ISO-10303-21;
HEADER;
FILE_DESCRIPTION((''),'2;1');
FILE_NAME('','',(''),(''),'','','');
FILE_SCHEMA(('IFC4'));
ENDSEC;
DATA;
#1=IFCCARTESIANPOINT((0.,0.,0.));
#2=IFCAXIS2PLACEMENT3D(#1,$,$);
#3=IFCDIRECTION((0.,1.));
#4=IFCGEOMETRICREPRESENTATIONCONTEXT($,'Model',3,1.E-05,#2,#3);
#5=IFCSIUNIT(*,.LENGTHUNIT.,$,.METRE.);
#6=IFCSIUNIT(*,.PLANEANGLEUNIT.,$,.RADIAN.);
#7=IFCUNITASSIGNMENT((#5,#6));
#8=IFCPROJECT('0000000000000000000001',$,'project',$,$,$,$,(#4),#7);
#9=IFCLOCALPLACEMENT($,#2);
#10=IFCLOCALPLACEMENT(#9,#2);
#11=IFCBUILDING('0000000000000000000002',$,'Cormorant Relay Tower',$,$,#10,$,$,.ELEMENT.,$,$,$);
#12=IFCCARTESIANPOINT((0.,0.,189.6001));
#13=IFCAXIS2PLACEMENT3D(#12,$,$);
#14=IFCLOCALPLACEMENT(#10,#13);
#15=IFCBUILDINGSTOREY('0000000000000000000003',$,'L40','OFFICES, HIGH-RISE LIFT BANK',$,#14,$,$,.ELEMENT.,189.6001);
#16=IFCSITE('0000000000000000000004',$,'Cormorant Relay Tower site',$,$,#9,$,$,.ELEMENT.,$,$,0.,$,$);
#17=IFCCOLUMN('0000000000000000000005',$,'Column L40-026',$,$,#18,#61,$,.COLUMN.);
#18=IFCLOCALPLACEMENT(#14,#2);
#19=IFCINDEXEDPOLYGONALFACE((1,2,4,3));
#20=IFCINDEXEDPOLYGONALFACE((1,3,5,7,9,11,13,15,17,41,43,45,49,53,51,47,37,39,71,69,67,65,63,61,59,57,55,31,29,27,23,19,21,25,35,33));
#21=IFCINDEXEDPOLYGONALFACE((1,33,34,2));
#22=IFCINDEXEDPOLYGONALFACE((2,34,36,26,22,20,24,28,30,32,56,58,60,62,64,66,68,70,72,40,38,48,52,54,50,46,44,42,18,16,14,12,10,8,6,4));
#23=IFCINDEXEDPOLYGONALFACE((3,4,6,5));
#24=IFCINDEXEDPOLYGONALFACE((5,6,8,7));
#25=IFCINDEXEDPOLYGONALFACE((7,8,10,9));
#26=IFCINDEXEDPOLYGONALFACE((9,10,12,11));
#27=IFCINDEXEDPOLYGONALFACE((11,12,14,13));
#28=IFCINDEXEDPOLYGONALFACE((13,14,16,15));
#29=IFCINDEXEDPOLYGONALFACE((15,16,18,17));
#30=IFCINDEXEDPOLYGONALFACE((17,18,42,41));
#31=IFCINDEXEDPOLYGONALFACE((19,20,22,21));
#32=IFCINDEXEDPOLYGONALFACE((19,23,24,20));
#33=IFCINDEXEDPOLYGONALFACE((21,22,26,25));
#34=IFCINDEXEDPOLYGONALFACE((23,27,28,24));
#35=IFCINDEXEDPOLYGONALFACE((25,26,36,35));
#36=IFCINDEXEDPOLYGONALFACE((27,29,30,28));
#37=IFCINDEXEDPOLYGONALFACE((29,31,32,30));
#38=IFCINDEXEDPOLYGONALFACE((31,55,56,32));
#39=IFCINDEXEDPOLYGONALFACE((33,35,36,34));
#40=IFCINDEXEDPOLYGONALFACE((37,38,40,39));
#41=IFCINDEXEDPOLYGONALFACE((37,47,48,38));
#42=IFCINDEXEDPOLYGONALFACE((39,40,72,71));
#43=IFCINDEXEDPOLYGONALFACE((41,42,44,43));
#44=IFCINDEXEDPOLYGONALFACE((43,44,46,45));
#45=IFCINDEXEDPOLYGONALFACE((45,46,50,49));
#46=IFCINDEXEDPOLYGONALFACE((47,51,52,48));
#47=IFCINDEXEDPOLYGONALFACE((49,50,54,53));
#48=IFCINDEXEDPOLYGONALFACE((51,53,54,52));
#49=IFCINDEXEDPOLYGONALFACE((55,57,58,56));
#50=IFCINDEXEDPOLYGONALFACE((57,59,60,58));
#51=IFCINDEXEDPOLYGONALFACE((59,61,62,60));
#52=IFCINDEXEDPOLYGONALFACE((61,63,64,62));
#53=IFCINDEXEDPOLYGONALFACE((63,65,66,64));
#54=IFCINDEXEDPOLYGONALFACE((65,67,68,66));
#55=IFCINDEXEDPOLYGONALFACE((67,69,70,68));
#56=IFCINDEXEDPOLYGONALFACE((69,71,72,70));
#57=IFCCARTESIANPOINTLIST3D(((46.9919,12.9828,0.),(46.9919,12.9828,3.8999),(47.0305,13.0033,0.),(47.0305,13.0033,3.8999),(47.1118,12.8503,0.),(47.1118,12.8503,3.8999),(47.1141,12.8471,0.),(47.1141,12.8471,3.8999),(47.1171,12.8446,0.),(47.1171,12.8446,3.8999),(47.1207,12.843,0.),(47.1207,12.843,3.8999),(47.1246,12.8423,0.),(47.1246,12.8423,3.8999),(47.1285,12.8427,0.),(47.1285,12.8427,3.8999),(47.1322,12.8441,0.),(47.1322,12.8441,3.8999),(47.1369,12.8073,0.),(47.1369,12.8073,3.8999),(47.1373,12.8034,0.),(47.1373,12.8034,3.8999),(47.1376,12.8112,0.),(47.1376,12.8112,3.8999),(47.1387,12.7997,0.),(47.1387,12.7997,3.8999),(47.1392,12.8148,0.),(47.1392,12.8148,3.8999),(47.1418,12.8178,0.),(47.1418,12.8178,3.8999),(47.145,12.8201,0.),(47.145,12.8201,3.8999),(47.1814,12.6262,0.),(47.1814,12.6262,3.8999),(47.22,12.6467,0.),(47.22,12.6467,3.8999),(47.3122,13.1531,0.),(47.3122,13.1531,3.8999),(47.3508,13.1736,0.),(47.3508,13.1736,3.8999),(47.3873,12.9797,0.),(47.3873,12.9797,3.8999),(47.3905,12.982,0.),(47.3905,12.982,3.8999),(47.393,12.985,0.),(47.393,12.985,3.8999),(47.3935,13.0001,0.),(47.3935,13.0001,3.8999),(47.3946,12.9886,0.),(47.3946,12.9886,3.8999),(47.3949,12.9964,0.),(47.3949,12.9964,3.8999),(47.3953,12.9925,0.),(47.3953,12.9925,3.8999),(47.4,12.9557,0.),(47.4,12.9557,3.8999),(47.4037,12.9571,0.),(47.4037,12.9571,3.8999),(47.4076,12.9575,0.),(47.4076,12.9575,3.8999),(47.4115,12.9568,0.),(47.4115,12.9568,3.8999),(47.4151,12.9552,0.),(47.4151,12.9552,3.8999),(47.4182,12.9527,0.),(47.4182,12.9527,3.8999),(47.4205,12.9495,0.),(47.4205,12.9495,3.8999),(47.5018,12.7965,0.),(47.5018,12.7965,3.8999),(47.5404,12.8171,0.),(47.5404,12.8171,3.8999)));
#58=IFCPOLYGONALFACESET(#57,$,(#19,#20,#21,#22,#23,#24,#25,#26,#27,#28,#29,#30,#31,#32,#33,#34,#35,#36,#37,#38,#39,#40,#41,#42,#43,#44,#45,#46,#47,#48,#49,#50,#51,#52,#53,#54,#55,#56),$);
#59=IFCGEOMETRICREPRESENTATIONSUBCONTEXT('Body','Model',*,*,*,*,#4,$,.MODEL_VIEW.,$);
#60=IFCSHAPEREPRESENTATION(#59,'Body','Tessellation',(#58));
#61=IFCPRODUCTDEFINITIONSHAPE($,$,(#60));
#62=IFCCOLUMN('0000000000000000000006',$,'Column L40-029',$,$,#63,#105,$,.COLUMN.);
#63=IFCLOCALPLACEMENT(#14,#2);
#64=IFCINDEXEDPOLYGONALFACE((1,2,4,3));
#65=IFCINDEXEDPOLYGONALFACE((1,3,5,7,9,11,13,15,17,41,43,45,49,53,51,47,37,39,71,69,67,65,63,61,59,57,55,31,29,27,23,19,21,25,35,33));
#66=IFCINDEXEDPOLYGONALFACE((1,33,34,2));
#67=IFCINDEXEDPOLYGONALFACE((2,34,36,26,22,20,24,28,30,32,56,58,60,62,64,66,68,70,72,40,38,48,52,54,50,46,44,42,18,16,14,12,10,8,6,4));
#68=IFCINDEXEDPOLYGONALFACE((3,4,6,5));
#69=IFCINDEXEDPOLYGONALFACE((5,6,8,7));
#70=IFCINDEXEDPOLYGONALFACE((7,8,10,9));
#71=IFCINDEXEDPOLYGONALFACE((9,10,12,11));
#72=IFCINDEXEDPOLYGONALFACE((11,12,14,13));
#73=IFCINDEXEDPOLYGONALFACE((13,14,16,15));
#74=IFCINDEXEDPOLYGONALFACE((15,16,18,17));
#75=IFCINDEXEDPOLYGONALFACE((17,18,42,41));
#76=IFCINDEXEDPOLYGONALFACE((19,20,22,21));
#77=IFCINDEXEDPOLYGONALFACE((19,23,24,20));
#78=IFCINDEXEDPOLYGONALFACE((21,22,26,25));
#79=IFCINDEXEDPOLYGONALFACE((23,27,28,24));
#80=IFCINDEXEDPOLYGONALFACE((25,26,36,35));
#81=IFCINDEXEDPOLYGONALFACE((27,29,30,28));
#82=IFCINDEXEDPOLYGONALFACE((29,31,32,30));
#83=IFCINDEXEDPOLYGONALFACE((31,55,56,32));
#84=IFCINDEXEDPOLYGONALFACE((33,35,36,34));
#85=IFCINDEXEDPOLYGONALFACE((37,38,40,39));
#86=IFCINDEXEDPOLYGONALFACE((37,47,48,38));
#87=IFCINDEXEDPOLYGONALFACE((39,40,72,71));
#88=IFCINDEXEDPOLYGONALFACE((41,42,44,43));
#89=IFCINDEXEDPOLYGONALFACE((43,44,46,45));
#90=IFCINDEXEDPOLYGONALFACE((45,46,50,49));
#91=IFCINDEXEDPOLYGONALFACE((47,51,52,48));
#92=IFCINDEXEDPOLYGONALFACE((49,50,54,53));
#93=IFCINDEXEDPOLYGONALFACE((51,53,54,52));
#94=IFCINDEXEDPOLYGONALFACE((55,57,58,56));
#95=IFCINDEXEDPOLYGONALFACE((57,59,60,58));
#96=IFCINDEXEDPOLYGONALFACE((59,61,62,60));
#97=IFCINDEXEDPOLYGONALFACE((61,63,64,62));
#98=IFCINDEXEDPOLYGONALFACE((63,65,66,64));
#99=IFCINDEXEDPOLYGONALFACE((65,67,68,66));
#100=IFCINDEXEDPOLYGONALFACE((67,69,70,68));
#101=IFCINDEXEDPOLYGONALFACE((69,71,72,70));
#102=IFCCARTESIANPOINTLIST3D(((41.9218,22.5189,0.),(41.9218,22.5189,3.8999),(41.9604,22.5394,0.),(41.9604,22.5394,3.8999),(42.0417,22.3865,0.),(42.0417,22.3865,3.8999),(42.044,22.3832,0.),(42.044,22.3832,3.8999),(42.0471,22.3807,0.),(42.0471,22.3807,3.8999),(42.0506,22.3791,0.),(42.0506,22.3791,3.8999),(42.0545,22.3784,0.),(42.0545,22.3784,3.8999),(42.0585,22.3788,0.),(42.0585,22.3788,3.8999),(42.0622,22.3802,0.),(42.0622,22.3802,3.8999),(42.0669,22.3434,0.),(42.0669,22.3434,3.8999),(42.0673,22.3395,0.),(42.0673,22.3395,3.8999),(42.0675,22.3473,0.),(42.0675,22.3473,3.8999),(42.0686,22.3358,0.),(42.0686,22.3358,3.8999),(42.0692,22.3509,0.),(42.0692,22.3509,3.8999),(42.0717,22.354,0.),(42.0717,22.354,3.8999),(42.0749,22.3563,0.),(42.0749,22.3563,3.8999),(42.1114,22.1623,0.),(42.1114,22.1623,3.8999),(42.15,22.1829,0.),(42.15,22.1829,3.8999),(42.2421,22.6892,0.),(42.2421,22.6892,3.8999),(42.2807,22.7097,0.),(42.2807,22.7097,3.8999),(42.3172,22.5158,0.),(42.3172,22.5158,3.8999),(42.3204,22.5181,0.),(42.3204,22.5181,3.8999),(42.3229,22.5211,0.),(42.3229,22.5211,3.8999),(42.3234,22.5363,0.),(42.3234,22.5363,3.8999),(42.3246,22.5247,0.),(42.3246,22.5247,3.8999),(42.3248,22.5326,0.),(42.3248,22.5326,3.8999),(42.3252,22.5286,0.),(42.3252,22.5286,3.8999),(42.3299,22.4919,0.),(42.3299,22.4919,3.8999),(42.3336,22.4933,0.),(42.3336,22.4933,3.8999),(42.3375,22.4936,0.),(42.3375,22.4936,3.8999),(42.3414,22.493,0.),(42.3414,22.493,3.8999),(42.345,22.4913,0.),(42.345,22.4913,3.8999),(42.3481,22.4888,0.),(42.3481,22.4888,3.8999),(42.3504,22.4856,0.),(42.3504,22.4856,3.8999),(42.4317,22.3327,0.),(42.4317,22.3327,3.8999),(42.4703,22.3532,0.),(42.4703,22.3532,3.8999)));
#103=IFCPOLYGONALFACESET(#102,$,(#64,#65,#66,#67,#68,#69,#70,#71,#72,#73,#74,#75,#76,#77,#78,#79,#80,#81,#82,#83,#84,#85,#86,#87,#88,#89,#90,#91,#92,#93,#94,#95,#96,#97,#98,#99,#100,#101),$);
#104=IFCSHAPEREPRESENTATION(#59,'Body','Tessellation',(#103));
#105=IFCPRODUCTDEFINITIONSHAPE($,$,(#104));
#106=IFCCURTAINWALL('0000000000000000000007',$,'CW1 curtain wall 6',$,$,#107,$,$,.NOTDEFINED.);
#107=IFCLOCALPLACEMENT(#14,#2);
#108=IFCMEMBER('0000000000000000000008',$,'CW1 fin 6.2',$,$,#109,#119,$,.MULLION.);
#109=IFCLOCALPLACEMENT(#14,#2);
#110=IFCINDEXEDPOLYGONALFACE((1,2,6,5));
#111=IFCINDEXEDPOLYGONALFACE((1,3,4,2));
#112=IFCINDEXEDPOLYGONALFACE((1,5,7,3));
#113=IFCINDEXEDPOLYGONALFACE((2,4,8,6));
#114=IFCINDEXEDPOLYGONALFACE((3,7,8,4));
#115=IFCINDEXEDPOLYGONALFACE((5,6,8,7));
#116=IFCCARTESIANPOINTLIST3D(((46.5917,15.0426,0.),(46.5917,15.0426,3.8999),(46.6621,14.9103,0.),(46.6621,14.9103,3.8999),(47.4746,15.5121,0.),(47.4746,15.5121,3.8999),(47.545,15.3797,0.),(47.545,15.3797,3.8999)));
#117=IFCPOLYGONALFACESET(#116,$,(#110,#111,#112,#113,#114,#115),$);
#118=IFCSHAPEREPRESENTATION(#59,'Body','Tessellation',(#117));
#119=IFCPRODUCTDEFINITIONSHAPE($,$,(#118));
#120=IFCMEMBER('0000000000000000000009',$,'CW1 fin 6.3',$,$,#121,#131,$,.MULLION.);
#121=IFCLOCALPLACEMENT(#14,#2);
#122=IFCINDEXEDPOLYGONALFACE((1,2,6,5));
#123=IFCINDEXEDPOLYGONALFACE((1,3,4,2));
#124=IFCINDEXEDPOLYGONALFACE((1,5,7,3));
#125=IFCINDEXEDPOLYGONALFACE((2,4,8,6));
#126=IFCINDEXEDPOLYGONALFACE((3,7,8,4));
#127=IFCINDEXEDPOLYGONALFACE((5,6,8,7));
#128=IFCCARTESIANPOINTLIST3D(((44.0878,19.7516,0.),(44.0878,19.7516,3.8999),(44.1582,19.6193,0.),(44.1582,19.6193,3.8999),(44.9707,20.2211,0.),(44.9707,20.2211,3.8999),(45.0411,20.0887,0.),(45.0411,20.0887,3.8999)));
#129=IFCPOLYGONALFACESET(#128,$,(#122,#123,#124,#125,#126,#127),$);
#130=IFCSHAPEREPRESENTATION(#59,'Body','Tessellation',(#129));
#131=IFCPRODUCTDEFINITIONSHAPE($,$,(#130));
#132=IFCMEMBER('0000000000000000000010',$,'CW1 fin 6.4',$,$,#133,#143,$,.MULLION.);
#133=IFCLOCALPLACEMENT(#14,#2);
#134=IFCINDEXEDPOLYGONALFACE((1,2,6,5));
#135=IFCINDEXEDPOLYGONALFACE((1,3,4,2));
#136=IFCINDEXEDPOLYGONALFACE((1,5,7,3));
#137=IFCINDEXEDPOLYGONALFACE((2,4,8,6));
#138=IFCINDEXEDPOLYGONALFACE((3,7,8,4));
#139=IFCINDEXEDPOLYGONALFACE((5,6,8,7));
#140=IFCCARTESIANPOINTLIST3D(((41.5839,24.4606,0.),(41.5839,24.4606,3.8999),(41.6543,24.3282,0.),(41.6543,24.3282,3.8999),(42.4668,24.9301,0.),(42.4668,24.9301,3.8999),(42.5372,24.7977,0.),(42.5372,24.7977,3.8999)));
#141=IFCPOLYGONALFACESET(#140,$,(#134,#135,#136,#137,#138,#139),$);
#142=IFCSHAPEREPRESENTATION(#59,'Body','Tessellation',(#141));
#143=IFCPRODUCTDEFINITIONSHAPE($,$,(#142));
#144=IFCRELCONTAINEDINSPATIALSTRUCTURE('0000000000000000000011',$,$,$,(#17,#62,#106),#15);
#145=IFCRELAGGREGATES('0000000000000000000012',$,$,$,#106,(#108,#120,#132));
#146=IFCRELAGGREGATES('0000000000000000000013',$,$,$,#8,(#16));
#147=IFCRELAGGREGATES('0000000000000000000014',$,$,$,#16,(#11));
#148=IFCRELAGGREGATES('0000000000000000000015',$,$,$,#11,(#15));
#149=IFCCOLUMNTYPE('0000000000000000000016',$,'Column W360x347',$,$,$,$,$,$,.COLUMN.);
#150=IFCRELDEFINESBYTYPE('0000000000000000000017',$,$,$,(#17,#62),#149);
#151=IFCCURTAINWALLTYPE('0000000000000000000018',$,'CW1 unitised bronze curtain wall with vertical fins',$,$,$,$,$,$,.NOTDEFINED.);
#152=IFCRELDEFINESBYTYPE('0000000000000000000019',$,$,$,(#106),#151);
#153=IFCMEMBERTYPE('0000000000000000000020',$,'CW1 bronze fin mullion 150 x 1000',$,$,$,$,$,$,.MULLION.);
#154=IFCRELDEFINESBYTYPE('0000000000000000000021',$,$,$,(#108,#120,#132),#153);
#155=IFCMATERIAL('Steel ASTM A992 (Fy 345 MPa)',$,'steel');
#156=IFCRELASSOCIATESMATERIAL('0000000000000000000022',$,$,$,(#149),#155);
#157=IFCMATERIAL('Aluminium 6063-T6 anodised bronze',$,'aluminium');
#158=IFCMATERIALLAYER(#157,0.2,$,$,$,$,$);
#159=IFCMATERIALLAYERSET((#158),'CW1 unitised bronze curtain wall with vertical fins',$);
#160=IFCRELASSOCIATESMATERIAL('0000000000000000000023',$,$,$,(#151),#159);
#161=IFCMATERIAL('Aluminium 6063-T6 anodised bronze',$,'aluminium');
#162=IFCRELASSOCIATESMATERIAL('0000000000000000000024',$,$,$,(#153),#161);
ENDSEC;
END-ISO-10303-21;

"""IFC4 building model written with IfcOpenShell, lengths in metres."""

from ifc_helpers import new_model, si_unit, direction, frame, origin, origin_2d, place, context, subcontext, project, spatial, rectangle, i_section, extrude, material, layer, layer_set, material_profile, profile_set, type_object, element, aggregate, save


model = new_model("IFC4")

# Units and contexts
model_context = context("Model", 3, precision=1e-05, world=origin(), true_north=direction((0.0, 1.0)))
body_context = subcontext(model_context, "Body", "Model", "MODEL_VIEW")
ifc_project = project(units=[si_unit("LENGTHUNIT", "METRE"), si_unit("PLANEANGLEUNIT", "RADIAN")], contexts=[model_context])

# Site, building, storey
site_placement = place(None, origin())
site = spatial("IfcSite", under=ifc_project, at=site_placement, Name="Cormorant Relay Tower site", CompositionType="ELEMENT", RefElevation=0.0)
building_placement = place(site_placement, origin())
building = spatial("IfcBuilding", under=site, at=building_placement, Name="Cormorant Relay Tower", CompositionType="ELEMENT")
storey_placement = place(building_placement, frame((0.0, 0.0, 189.6001)))
storey = spatial("IfcBuildingStorey", under=building, at=storey_placement, Name="L40", Description="OFFICES, HIGH-RISE LIFT BANK", CompositionType="ELEMENT", Elevation=189.6001)

# Columns
ifc_material_1 = material(Name="Steel ASTM A992 (Fy 345 MPa)", Category="steel")
ifc_material_profile_1 = material_profile(ifc_material_1, i_section(OverallWidth=0.4038, OverallDepth=0.4065, WebThickness=0.0271, FlangeThickness=0.0437, FilletRadius=0.0151, at=origin_2d()), Name="W360x347")
ifc_profile_set_1 = profile_set([ifc_material_profile_1], Name="Steel ASTM A992 (Fy 345 MPa)")
column_type = type_object("IfcColumnType", Name="Column W360x347", PredefinedType="COLUMN", material=ifc_profile_set_1)
for number, where, z_axis, x_axis, name in (
    (1, (47.2661, 12.8999, 0.0), (0.0, 0.0, 1.0), (-0.469472, 0.882948, 0.0), "Column L40-026"),
    (2, (42.196, 22.436, 0.0), (0.0, 0.0, 1.0), (-0.469472, 0.882948, 0.0), "Column L40-029"),
):
    element("IfcColumn", number, at=place(storey_placement, frame(where, z_axis=z_axis, x_axis=x_axis)), inside=storey, type_object=column_type, Name=name, PredefinedType="COLUMN", context=body_context, shape_type="SweptSolid", body=[
        extrude(i_section(OverallWidth=0.4038, OverallDepth=0.4065, WebThickness=0.0271, FlangeThickness=0.0437, FilletRadius=0.0151, at=origin_2d()), origin(), (0.0, 0.0, 1.0), 3.8999),
    ])

# Curtain wall, members
ifc_material_2 = material(Name="Aluminium 6063-T6 anodised bronze", Category="aluminium")
ifc_layer_1 = layer(ifc_material_2, 0.2)
ifc_layer_set_1 = layer_set([ifc_layer_1], Name="CW1 unitised bronze curtain wall with vertical fins")
curtain_wall_type = type_object("IfcCurtainWallType", Name="CW1 unitised bronze curtain wall with vertical fins", PredefinedType="NOTDEFINED", material=ifc_layer_set_1)
curtain_wall_placement = place(storey_placement, origin())
curtain_wall = element("IfcCurtainWall", 3, at=curtain_wall_placement, inside=storey, type_object=curtain_wall_type, Name="CW1 curtain wall 6", PredefinedType="NOTDEFINED")
ifc_material_3 = material(Name="Aluminium 6063-T6 anodised bronze", Category="aluminium")
ifc_material_profile_2 = material_profile(ifc_material_3, rectangle(XDim=0.1499, YDim=1.0, at=origin_2d()), Name="AL 150x1000")
ifc_profile_set_2 = profile_set([ifc_material_profile_2], Name="Aluminium 6063-T6 anodised bronze")
member_type_1 = type_object("IfcMemberType", Name="CW1 bronze fin mullion 150 x 1000", PredefinedType="MULLION", material=ifc_profile_set_2)
member_1_placement = place(storey_placement, frame((47.0684, 15.2112, 0.0), z_axis=(0.0, 0.0, 1.0), x_axis=(-0.469472, 0.882948, 0.0)))
member_1 = element("IfcMember", 4, at=member_1_placement, type_object=member_type_1, Name="CW1 fin 6.2", PredefinedType="MULLION", context=body_context, shape_type="SweptSolid", body=[
    extrude(rectangle(XDim=0.1499, YDim=1.0, at=origin_2d()), origin(), (0.0, 0.0, 1.0), 3.8999),
])
member_2_placement = place(storey_placement, frame((44.5645, 19.9202, 0.0), z_axis=(0.0, 0.0, 1.0), x_axis=(-0.469472, 0.882948, 0.0)))
member_2 = element("IfcMember", 5, at=member_2_placement, type_object=member_type_1, Name="CW1 fin 6.3", PredefinedType="MULLION", context=body_context, shape_type="SweptSolid", body=[
    extrude(rectangle(XDim=0.1499, YDim=1.0, at=origin_2d()), origin(), (0.0, 0.0, 1.0), 3.8999),
])
member_3_placement = place(storey_placement, frame((42.0605, 24.6292, 0.0), z_axis=(0.0, 0.0, 1.0), x_axis=(-0.469472, 0.882948, 0.0)))
member_3 = element("IfcMember", 6, at=member_3_placement, type_object=member_type_1, Name="CW1 fin 6.4", PredefinedType="MULLION", context=body_context, shape_type="SweptSolid", body=[
    extrude(rectangle(XDim=0.1499, YDim=1.0, at=origin_2d()), origin(), (0.0, 0.0, 1.0), 3.8999),
])

aggregate(curtain_wall, [member_1, member_2, member_3])

save(model, "model.ifc")
